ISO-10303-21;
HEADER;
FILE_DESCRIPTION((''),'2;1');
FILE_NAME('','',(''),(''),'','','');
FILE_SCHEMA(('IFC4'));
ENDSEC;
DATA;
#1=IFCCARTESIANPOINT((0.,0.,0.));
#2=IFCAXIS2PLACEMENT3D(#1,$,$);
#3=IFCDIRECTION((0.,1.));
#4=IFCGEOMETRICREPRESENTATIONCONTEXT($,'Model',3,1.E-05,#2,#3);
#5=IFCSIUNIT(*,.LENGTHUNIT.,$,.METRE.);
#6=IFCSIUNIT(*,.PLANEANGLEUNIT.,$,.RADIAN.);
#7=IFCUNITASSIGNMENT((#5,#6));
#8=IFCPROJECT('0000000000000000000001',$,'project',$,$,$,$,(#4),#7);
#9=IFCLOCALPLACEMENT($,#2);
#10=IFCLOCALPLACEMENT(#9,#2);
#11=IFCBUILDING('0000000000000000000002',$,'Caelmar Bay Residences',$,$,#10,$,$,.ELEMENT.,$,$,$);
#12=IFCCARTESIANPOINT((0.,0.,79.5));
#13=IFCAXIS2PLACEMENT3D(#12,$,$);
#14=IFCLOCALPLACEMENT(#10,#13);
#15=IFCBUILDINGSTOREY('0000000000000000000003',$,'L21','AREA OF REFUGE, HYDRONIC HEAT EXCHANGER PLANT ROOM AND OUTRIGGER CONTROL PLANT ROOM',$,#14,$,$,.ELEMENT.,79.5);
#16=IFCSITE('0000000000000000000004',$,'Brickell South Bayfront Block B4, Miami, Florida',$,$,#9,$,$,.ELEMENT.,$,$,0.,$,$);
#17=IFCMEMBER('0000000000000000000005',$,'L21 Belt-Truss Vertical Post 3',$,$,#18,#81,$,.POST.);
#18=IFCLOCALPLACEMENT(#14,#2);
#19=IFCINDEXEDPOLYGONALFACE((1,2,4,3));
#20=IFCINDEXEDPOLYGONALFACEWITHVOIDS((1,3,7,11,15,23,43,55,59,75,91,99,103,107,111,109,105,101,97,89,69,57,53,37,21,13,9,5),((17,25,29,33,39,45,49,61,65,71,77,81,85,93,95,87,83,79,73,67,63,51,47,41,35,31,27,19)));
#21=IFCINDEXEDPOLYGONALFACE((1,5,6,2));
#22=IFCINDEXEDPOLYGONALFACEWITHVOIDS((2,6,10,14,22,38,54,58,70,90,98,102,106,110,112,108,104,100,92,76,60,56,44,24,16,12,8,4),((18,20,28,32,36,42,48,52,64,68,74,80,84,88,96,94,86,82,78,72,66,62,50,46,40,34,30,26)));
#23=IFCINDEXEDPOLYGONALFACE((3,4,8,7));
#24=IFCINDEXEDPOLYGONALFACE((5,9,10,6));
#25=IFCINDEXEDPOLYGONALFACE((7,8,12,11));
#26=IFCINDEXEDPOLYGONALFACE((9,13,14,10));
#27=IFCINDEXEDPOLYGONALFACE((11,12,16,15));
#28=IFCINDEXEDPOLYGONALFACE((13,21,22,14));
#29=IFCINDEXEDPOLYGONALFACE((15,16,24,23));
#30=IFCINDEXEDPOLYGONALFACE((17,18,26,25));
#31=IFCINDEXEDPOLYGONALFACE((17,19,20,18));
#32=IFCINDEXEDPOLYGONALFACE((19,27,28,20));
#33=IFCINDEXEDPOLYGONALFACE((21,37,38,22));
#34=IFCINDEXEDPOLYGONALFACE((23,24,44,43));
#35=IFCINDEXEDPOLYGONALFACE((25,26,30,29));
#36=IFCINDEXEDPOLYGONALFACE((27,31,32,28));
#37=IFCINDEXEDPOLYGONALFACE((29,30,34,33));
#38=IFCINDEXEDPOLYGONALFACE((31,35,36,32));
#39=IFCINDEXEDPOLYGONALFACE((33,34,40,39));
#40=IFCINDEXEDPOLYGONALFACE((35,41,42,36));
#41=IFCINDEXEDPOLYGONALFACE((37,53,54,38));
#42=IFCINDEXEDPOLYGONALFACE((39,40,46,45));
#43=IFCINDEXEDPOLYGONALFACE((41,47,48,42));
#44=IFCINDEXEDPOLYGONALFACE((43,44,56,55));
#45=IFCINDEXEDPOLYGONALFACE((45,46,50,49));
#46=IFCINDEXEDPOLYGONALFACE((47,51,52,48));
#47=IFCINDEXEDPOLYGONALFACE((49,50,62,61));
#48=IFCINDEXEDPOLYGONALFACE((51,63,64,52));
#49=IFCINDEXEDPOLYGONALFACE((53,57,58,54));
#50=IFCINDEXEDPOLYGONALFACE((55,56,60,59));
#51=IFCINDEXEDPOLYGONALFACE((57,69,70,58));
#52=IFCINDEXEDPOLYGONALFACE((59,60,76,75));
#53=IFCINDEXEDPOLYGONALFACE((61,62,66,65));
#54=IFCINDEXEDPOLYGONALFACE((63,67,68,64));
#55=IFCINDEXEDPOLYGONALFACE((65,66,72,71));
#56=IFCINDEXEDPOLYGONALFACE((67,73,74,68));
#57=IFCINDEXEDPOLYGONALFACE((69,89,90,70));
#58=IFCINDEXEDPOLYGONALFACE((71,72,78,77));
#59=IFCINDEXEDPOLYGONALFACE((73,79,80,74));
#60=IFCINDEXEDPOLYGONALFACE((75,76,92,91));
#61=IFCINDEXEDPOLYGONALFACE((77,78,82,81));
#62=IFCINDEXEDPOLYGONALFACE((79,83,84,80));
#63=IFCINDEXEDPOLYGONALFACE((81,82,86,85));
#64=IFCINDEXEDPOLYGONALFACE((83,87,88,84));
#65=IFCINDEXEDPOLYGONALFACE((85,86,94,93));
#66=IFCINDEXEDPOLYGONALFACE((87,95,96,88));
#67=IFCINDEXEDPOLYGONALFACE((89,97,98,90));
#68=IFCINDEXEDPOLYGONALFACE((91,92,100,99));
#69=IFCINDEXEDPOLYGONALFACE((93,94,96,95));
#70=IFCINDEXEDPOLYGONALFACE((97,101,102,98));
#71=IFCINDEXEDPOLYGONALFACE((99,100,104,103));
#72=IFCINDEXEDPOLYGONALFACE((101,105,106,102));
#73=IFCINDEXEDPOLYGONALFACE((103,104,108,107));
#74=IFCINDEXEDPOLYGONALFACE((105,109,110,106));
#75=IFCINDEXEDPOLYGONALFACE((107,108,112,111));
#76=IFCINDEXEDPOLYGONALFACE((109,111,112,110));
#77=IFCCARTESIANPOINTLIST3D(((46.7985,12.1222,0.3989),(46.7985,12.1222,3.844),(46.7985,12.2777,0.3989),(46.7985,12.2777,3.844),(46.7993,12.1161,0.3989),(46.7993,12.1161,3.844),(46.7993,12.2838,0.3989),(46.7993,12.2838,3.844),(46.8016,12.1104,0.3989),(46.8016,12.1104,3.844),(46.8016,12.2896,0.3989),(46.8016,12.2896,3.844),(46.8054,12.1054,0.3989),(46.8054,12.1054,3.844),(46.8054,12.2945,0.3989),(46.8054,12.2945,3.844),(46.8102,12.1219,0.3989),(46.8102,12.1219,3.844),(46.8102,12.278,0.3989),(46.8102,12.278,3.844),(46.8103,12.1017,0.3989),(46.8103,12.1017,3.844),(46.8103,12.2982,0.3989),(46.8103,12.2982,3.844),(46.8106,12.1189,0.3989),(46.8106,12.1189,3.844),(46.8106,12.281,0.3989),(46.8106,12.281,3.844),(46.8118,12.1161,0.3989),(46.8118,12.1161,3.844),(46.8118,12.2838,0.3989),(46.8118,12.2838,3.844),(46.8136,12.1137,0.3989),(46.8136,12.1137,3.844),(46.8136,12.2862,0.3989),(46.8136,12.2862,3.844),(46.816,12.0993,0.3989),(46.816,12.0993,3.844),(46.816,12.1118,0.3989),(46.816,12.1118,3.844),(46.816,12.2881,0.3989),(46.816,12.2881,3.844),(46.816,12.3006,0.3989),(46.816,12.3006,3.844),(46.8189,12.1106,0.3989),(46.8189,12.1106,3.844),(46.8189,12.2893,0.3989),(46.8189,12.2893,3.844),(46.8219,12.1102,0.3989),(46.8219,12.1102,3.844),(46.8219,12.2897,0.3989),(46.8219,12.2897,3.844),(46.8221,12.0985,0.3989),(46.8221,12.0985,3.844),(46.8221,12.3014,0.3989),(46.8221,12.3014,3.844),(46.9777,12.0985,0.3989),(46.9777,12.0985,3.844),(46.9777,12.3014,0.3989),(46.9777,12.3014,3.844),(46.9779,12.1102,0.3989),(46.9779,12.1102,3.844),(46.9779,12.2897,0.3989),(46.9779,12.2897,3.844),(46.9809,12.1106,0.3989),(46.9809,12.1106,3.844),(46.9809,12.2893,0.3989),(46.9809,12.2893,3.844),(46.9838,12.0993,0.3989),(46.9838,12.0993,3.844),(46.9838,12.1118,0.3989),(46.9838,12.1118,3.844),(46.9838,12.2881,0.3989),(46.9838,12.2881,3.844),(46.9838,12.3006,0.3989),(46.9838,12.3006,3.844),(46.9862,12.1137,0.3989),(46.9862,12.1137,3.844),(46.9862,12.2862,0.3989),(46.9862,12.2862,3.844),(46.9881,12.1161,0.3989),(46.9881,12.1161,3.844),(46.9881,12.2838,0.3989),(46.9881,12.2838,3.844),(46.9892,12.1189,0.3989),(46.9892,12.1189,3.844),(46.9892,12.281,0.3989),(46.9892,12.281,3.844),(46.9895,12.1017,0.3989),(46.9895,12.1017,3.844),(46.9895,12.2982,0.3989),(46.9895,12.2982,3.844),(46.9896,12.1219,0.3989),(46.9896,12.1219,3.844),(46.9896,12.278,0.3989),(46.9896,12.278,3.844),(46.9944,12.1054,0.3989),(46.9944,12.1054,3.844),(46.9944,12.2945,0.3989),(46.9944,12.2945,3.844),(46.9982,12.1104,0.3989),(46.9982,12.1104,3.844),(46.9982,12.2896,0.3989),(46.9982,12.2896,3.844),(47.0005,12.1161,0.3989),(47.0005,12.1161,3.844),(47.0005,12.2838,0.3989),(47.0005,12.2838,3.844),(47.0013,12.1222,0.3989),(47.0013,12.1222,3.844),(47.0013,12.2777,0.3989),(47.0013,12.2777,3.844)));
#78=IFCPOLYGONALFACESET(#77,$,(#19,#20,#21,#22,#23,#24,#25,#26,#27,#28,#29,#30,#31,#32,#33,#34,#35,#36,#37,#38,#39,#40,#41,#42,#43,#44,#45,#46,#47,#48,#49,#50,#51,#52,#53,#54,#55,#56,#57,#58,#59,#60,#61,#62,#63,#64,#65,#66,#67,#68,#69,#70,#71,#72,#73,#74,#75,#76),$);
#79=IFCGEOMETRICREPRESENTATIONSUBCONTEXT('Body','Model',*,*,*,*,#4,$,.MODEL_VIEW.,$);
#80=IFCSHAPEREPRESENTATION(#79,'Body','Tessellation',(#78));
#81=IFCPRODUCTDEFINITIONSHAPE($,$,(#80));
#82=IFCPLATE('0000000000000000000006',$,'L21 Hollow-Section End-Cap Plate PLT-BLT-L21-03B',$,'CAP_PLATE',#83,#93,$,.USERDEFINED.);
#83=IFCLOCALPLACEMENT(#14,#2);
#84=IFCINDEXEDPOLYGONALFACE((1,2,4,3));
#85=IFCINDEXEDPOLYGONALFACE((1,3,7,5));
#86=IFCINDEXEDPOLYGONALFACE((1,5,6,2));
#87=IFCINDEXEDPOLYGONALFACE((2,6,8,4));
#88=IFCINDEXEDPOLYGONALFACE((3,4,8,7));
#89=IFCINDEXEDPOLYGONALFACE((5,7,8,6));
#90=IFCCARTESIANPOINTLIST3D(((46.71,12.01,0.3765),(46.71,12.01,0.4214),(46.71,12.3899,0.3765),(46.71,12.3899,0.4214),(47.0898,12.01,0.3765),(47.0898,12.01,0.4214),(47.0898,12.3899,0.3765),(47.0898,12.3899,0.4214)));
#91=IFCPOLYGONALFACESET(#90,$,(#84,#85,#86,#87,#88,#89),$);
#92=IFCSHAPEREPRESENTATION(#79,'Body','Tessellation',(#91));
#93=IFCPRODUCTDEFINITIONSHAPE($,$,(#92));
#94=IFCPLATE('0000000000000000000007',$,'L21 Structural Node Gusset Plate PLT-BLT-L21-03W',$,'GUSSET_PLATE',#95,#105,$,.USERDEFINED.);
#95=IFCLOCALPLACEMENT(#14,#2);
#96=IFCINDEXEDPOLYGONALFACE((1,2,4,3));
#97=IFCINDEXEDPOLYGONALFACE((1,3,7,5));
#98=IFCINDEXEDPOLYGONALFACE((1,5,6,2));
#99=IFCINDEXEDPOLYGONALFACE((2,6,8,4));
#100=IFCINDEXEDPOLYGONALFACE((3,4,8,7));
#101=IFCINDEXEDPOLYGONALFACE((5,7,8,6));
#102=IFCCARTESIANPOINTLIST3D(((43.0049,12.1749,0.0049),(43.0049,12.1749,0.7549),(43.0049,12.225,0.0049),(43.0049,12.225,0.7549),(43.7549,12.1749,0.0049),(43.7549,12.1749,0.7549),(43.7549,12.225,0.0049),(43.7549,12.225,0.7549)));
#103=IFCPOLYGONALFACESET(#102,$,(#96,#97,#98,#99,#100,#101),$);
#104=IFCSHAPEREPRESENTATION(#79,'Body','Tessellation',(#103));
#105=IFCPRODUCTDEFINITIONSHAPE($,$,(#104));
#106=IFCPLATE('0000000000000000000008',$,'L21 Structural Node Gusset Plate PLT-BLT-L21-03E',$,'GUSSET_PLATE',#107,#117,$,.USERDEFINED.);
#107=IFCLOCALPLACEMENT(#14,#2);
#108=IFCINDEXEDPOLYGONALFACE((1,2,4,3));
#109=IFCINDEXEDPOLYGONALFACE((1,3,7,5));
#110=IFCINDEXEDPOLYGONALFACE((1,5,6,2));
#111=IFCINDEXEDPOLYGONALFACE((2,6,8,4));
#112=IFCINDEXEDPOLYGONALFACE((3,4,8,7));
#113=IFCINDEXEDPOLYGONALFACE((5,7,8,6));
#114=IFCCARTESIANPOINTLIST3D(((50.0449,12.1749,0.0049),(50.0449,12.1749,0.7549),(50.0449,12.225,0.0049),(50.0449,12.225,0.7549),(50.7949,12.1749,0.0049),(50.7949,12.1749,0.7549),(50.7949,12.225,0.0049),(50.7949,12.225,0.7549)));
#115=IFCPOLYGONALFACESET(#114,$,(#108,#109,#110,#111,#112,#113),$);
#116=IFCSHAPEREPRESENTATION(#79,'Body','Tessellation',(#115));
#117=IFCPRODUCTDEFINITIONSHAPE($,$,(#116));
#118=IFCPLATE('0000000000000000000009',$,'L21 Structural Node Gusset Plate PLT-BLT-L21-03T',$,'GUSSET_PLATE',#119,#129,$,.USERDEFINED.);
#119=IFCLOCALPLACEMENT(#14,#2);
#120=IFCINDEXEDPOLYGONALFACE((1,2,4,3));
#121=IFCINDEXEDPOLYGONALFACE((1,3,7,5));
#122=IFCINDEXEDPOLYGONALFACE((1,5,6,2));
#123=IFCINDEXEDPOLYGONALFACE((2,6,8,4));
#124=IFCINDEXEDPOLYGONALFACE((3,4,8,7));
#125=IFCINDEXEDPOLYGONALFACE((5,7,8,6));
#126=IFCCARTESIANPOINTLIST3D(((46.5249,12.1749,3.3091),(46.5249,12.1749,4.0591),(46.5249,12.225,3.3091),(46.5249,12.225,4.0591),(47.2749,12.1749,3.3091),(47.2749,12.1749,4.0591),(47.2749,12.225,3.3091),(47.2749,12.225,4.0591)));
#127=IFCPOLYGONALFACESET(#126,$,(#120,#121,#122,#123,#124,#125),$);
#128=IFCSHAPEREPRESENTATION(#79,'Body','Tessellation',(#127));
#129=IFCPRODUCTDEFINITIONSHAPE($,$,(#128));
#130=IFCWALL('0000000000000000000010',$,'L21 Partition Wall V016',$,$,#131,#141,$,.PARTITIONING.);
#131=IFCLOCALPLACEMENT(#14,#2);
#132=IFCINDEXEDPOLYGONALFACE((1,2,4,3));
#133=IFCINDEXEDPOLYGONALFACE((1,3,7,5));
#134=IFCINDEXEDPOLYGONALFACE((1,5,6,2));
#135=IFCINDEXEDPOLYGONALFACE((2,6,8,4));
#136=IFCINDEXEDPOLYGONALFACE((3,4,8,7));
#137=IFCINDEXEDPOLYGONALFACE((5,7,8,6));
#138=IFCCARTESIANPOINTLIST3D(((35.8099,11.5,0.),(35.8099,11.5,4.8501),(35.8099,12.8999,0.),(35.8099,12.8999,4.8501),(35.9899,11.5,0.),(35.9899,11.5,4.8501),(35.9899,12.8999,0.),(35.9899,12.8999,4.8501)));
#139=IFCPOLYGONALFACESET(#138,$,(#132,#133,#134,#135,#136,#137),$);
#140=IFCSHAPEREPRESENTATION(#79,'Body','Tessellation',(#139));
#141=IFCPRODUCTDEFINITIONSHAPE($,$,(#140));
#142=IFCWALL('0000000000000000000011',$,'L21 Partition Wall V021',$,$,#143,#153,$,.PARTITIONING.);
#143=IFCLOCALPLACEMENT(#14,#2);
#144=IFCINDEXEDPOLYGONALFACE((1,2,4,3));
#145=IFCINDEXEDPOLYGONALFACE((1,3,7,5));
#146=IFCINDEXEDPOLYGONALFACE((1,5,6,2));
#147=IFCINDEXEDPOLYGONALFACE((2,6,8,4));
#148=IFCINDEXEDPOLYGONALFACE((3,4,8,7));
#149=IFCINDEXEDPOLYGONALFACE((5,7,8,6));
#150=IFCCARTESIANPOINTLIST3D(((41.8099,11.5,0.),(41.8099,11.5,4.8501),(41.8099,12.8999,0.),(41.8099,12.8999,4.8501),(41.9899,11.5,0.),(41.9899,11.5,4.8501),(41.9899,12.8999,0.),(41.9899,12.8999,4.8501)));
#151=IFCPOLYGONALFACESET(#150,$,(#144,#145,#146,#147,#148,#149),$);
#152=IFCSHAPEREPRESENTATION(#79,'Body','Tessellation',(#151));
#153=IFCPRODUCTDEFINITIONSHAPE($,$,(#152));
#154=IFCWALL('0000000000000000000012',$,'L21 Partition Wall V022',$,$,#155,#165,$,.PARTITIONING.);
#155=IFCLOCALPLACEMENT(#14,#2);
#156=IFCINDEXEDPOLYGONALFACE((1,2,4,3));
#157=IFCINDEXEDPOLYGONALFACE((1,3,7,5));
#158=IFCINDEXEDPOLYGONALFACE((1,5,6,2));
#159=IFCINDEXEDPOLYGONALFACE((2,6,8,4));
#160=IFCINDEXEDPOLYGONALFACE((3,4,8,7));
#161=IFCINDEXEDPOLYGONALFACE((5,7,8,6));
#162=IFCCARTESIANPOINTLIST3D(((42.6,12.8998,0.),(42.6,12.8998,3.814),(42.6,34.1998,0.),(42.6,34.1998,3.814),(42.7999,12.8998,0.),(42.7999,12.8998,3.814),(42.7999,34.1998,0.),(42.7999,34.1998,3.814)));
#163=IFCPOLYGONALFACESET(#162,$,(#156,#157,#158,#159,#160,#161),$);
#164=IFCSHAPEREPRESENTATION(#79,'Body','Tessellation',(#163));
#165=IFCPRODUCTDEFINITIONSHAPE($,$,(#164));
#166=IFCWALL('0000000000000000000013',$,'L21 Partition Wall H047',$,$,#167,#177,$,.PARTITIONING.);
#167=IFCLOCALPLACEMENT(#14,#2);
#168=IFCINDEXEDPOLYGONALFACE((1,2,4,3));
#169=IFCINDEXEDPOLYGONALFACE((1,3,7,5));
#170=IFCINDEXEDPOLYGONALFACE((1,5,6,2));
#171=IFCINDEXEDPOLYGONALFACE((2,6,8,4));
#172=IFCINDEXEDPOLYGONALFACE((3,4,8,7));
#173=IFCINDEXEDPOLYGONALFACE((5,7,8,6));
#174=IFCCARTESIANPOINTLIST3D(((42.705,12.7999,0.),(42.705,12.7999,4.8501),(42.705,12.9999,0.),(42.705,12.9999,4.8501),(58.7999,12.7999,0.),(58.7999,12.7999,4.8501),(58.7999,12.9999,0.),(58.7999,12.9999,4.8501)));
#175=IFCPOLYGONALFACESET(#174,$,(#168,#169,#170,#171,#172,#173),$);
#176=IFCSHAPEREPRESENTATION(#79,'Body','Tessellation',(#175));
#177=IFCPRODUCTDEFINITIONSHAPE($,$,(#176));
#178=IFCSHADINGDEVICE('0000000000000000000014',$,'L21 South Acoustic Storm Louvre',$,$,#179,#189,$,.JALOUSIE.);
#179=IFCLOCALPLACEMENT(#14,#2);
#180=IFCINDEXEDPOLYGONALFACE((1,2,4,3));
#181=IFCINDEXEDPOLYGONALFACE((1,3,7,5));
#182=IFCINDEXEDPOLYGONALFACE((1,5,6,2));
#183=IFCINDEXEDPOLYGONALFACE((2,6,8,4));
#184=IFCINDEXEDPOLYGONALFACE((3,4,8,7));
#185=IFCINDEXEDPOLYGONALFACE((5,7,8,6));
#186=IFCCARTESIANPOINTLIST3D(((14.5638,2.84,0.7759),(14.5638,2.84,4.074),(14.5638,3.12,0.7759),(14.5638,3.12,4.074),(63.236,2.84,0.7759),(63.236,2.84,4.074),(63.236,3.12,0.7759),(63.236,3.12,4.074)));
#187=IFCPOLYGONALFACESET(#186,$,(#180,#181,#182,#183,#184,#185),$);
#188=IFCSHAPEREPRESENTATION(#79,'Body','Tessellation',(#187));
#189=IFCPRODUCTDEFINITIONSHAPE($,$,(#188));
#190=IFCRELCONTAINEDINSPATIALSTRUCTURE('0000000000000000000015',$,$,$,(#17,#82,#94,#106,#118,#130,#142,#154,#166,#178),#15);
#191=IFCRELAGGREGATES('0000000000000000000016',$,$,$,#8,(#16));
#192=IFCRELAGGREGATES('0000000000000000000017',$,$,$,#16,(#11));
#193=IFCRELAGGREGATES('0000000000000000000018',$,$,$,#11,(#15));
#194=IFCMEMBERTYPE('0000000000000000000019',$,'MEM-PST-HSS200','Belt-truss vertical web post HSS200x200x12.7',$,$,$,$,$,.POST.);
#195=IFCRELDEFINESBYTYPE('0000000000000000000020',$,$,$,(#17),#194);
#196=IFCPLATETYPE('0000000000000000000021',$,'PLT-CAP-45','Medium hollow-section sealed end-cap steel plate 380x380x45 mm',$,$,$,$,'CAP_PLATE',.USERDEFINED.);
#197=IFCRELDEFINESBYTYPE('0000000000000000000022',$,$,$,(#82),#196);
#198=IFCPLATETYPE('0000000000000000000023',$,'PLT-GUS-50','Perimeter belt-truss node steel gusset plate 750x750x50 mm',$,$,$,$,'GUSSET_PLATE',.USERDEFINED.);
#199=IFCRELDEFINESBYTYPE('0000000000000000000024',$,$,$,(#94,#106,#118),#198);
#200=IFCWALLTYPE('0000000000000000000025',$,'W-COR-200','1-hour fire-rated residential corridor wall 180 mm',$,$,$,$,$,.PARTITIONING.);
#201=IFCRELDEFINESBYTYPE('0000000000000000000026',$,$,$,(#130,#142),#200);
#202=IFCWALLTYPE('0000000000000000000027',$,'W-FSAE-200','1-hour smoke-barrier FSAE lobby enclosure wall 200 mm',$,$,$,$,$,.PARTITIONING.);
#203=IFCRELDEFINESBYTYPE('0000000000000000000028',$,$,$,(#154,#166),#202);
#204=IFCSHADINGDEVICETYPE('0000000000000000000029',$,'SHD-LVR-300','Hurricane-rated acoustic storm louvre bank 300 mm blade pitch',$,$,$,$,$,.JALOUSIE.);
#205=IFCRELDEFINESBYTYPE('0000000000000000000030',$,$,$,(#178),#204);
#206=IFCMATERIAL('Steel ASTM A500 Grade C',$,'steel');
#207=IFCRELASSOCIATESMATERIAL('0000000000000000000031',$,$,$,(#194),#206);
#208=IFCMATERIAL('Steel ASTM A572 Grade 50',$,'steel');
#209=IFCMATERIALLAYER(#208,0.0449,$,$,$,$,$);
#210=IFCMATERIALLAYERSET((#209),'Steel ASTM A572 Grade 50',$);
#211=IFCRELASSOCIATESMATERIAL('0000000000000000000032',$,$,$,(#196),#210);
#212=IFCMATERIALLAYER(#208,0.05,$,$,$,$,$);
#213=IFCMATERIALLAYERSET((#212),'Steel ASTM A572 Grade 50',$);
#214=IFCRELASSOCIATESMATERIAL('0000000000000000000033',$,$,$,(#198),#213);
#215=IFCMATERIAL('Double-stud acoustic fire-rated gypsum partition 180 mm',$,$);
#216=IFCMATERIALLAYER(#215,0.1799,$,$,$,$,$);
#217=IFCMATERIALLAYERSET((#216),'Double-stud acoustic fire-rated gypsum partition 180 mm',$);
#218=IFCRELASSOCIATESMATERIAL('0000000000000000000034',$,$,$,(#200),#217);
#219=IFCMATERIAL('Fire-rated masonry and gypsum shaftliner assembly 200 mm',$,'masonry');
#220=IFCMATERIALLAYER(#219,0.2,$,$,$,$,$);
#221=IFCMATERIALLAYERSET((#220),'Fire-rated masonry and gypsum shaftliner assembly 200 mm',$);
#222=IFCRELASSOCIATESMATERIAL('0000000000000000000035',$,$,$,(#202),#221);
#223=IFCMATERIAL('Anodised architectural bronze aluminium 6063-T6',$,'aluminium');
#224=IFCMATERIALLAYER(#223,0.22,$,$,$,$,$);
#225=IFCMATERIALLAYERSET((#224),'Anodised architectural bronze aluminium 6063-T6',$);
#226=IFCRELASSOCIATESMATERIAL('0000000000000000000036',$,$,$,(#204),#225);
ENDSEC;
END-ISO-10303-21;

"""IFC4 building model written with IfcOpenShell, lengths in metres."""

from ifc_helpers import new_model, si_unit, direction, frame, frame_2d, origin, origin_2d, place, context, subcontext, project, spatial, rectangle, hollow_rectangle, extrude, material, layer, layer_set, material_profile, profile_set, type_object, element, save


model = new_model("IFC4")

# Units and contexts
model_context = context("Model", 3, precision=1e-05, world=origin(), true_north=direction((0.0, 1.0)))
body_context = subcontext(model_context, "Body", "Model", "MODEL_VIEW")
ifc_project = project(units=[si_unit("LENGTHUNIT", "METRE"), si_unit("PLANEANGLEUNIT", "RADIAN")], contexts=[model_context])

# Site, building, storey
site_placement = place(None, origin())
site = spatial("IfcSite", under=ifc_project, at=site_placement, Name="Brickell South Bayfront Block B4, Miami, Florida", CompositionType="ELEMENT", RefElevation=0.0)
building_placement = place(site_placement, origin())
building = spatial("IfcBuilding", under=site, at=building_placement, Name="Caelmar Bay Residences", CompositionType="ELEMENT")
storey_placement = place(building_placement, frame((0.0, 0.0, 79.5)))
storey = spatial("IfcBuildingStorey", under=building, at=storey_placement, Name="L21", Description="AREA OF REFUGE, HYDRONIC HEAT EXCHANGER PLANT ROOM AND OUTRIGGER CONTROL PLANT ROOM", CompositionType="ELEMENT", Elevation=79.5)

# Member
ifc_material_1 = material(Name="Steel ASTM A500 Grade C", Category="steel")
ifc_material_profile_1 = material_profile(ifc_material_1, hollow_rectangle(XDim=0.2029, YDim=0.2029, WallThickness=0.0117, InnerFilletRadius=0.0117, OuterFilletRadius=0.0237, at=origin_2d()), Name="HSS200X200X12.7")
ifc_profile_set_1 = profile_set([ifc_material_profile_1], Name="Steel ASTM A500 Grade C")
member_type_1 = type_object("IfcMemberType", Name="MEM-PST-HSS200", Description="Belt-truss vertical web post HSS200x200x12.7", PredefinedType="POST", material=ifc_profile_set_1)
member_placement = place(storey_placement, frame((46.8999, 12.2, 0.3989), z_axis=(0.0, 0.0, 1.0), x_axis=(1.0, 0.0, 0.0)))
element("IfcMember", 1, at=member_placement, inside=storey, type_object=member_type_1, Name="L21 Belt-Truss Vertical Post 3", PredefinedType="POST", context=body_context, shape_type="SweptSolid", body=[
    extrude(hollow_rectangle(XDim=0.2029, YDim=0.2029, WallThickness=0.0117, InnerFilletRadius=0.0117, OuterFilletRadius=0.0237, at=origin_2d()), origin(), (0.0, 0.0, 1.0), 3.4451),
])

# Plates
ifc_material_2 = material(Name="Steel ASTM A572 Grade 50", Category="steel")
ifc_layer_1 = layer(ifc_material_2, 0.0449)
ifc_layer_set_1 = layer_set([ifc_layer_1], Name="Steel ASTM A572 Grade 50")
plate_type_1 = type_object("IfcPlateType", Name="PLT-CAP-45", Description="Medium hollow-section sealed end-cap steel plate 380x380x45 mm", ElementType="CAP_PLATE", PredefinedType="USERDEFINED", material=ifc_layer_set_1)
plate_placement = place(storey_placement, frame((46.8999, 12.2, 0.3765), z_axis=(0.0, 0.0, 1.0), x_axis=(1.0, 0.0, 0.0)))
element("IfcPlate", 2, at=plate_placement, inside=storey, type_object=plate_type_1, Name="L21 Hollow-Section End-Cap Plate PLT-BLT-L21-03B", ObjectType="CAP_PLATE", PredefinedType="USERDEFINED", context=body_context, shape_type="SweptSolid", body=[
    extrude(rectangle(XDim=0.3799, YDim=0.3799, at=origin_2d()), origin(), (0.0, 0.0, 1.0), 0.0449),
])
ifc_layer_2 = layer(ifc_material_2, 0.05)
ifc_layer_set_2 = layer_set([ifc_layer_2], Name="Steel ASTM A572 Grade 50")
plate_type_2 = type_object("IfcPlateType", Name="PLT-GUS-50", Description="Perimeter belt-truss node steel gusset plate 750x750x50 mm", ElementType="GUSSET_PLATE", PredefinedType="USERDEFINED", material=ifc_layer_set_2)
for number, where, z_axis, x_axis, name in (
    (3, (43.3799, 12.2, 0.0049), (0.0, 0.0, 1.0), (1.0, 0.0, 0.0), "L21 Structural Node Gusset Plate PLT-BLT-L21-03W"),
    (4, (50.4199, 12.2, 0.0049), (0.0, 0.0, 1.0), (1.0, 0.0, 0.0), "L21 Structural Node Gusset Plate PLT-BLT-L21-03E"),
    (5, (46.8999, 12.2, 3.3091), (0.0, 0.0, 1.0), (1.0, 0.0, 0.0), "L21 Structural Node Gusset Plate PLT-BLT-L21-03T"),
):
    element("IfcPlate", number, at=place(storey_placement, frame(where, z_axis=z_axis, x_axis=x_axis)), inside=storey, type_object=plate_type_2, Name=name, ObjectType="GUSSET_PLATE", PredefinedType="USERDEFINED", context=body_context, shape_type="SweptSolid", body=[
        extrude(rectangle(XDim=0.75, YDim=0.05, at=origin_2d()), origin(), (0.0, 0.0, 1.0), 0.75),
    ])

# Walls
ifc_material_3 = material(Name="Double-stud acoustic fire-rated gypsum partition 180 mm")
ifc_layer_3 = layer(ifc_material_3, 0.1799)
ifc_layer_set_3 = layer_set([ifc_layer_3], Name="Double-stud acoustic fire-rated gypsum partition 180 mm")
wall_type_1 = type_object("IfcWallType", Name="W-COR-200", Description="1-hour fire-rated residential corridor wall 180 mm", PredefinedType="PARTITIONING", material=ifc_layer_set_3)
for number, where, z_axis, x_axis, name in (
    (6, (35.8999, 11.5, 0.0), (0.0, 0.0, 1.0), (0.0, 1.0, 0.0), "L21 Partition Wall V016"),
    (7, (41.8999, 11.5, 0.0), (0.0, 0.0, 1.0), (0.0, 1.0, 0.0), "L21 Partition Wall V021"),
):
    element("IfcWall", number, at=place(storey_placement, frame(where, z_axis=z_axis, x_axis=x_axis)), inside=storey, type_object=wall_type_1, Name=name, PredefinedType="PARTITIONING", context=body_context, shape_type="SweptSolid", body=[
        extrude(rectangle(XDim=1.3999, YDim=0.1799, at=frame_2d((0.7, 0.0))), origin(), (0.0, 0.0, 1.0), 4.8501),
    ])
ifc_material_4 = material(Name="Fire-rated masonry and gypsum shaftliner assembly 200 mm", Category="masonry")
ifc_layer_4 = layer(ifc_material_4, 0.2)
ifc_layer_set_4 = layer_set([ifc_layer_4], Name="Fire-rated masonry and gypsum shaftliner assembly 200 mm")
wall_type_2 = type_object("IfcWallType", Name="W-FSAE-200", Description="1-hour smoke-barrier FSAE lobby enclosure wall 200 mm", PredefinedType="PARTITIONING", material=ifc_layer_set_4)
wall_1_placement = place(storey_placement, frame((42.7, 12.8999, 0.0), z_axis=(0.0, 0.0, 1.0), x_axis=(0.0, 1.0, 0.0)))
element("IfcWall", 8, at=wall_1_placement, inside=storey, type_object=wall_type_2, Name="L21 Partition Wall V022", PredefinedType="PARTITIONING", context=body_context, shape_type="SweptSolid", body=[
    extrude(rectangle(XDim=21.3, YDim=0.2, at=frame_2d((10.6499, 0.0))), origin(), (0.0, 0.0, 1.0), 3.814),
])
wall_2_placement = place(storey_placement, frame((42.7051, 12.8999, 0.0), z_axis=(0.0, 0.0, 1.0), x_axis=(1.0, 0.0, 0.0)))
element("IfcWall", 9, at=wall_2_placement, inside=storey, type_object=wall_type_2, Name="L21 Partition Wall H047", PredefinedType="PARTITIONING", context=body_context, shape_type="SweptSolid", body=[
    extrude(rectangle(XDim=16.095, YDim=0.2, at=frame_2d((8.0474, 0.0))), origin(), (0.0, 0.0, 1.0), 4.8501),
])

# Shading device
ifc_material_5 = material(Name="Anodised architectural bronze aluminium 6063-T6", Category="aluminium")
ifc_layer_5 = layer(ifc_material_5, 0.22)
ifc_layer_set_5 = layer_set([ifc_layer_5], Name="Anodised architectural bronze aluminium 6063-T6")
shading_device_type = type_object("IfcShadingDeviceType", Name="SHD-LVR-300", Description="Hurricane-rated acoustic storm louvre bank 300 mm blade pitch", PredefinedType="JALOUSIE", material=ifc_layer_set_5)
shading_device_placement = place(storey_placement, frame((38.8999, 2.98, 0.7759), z_axis=(0.0, 0.0, 1.0), x_axis=(1.0, 0.0, 0.0)))
element("IfcShadingDevice", 10, at=shading_device_placement, inside=storey, type_object=shading_device_type, Name="L21 South Acoustic Storm Louvre", PredefinedType="JALOUSIE", context=body_context, shape_type="SweptSolid", body=[
    extrude(rectangle(XDim=48.6721, YDim=0.28, at=origin_2d()), origin(), (0.0, 0.0, 1.0), 3.2981),
])

save(model, "model.ifc")
